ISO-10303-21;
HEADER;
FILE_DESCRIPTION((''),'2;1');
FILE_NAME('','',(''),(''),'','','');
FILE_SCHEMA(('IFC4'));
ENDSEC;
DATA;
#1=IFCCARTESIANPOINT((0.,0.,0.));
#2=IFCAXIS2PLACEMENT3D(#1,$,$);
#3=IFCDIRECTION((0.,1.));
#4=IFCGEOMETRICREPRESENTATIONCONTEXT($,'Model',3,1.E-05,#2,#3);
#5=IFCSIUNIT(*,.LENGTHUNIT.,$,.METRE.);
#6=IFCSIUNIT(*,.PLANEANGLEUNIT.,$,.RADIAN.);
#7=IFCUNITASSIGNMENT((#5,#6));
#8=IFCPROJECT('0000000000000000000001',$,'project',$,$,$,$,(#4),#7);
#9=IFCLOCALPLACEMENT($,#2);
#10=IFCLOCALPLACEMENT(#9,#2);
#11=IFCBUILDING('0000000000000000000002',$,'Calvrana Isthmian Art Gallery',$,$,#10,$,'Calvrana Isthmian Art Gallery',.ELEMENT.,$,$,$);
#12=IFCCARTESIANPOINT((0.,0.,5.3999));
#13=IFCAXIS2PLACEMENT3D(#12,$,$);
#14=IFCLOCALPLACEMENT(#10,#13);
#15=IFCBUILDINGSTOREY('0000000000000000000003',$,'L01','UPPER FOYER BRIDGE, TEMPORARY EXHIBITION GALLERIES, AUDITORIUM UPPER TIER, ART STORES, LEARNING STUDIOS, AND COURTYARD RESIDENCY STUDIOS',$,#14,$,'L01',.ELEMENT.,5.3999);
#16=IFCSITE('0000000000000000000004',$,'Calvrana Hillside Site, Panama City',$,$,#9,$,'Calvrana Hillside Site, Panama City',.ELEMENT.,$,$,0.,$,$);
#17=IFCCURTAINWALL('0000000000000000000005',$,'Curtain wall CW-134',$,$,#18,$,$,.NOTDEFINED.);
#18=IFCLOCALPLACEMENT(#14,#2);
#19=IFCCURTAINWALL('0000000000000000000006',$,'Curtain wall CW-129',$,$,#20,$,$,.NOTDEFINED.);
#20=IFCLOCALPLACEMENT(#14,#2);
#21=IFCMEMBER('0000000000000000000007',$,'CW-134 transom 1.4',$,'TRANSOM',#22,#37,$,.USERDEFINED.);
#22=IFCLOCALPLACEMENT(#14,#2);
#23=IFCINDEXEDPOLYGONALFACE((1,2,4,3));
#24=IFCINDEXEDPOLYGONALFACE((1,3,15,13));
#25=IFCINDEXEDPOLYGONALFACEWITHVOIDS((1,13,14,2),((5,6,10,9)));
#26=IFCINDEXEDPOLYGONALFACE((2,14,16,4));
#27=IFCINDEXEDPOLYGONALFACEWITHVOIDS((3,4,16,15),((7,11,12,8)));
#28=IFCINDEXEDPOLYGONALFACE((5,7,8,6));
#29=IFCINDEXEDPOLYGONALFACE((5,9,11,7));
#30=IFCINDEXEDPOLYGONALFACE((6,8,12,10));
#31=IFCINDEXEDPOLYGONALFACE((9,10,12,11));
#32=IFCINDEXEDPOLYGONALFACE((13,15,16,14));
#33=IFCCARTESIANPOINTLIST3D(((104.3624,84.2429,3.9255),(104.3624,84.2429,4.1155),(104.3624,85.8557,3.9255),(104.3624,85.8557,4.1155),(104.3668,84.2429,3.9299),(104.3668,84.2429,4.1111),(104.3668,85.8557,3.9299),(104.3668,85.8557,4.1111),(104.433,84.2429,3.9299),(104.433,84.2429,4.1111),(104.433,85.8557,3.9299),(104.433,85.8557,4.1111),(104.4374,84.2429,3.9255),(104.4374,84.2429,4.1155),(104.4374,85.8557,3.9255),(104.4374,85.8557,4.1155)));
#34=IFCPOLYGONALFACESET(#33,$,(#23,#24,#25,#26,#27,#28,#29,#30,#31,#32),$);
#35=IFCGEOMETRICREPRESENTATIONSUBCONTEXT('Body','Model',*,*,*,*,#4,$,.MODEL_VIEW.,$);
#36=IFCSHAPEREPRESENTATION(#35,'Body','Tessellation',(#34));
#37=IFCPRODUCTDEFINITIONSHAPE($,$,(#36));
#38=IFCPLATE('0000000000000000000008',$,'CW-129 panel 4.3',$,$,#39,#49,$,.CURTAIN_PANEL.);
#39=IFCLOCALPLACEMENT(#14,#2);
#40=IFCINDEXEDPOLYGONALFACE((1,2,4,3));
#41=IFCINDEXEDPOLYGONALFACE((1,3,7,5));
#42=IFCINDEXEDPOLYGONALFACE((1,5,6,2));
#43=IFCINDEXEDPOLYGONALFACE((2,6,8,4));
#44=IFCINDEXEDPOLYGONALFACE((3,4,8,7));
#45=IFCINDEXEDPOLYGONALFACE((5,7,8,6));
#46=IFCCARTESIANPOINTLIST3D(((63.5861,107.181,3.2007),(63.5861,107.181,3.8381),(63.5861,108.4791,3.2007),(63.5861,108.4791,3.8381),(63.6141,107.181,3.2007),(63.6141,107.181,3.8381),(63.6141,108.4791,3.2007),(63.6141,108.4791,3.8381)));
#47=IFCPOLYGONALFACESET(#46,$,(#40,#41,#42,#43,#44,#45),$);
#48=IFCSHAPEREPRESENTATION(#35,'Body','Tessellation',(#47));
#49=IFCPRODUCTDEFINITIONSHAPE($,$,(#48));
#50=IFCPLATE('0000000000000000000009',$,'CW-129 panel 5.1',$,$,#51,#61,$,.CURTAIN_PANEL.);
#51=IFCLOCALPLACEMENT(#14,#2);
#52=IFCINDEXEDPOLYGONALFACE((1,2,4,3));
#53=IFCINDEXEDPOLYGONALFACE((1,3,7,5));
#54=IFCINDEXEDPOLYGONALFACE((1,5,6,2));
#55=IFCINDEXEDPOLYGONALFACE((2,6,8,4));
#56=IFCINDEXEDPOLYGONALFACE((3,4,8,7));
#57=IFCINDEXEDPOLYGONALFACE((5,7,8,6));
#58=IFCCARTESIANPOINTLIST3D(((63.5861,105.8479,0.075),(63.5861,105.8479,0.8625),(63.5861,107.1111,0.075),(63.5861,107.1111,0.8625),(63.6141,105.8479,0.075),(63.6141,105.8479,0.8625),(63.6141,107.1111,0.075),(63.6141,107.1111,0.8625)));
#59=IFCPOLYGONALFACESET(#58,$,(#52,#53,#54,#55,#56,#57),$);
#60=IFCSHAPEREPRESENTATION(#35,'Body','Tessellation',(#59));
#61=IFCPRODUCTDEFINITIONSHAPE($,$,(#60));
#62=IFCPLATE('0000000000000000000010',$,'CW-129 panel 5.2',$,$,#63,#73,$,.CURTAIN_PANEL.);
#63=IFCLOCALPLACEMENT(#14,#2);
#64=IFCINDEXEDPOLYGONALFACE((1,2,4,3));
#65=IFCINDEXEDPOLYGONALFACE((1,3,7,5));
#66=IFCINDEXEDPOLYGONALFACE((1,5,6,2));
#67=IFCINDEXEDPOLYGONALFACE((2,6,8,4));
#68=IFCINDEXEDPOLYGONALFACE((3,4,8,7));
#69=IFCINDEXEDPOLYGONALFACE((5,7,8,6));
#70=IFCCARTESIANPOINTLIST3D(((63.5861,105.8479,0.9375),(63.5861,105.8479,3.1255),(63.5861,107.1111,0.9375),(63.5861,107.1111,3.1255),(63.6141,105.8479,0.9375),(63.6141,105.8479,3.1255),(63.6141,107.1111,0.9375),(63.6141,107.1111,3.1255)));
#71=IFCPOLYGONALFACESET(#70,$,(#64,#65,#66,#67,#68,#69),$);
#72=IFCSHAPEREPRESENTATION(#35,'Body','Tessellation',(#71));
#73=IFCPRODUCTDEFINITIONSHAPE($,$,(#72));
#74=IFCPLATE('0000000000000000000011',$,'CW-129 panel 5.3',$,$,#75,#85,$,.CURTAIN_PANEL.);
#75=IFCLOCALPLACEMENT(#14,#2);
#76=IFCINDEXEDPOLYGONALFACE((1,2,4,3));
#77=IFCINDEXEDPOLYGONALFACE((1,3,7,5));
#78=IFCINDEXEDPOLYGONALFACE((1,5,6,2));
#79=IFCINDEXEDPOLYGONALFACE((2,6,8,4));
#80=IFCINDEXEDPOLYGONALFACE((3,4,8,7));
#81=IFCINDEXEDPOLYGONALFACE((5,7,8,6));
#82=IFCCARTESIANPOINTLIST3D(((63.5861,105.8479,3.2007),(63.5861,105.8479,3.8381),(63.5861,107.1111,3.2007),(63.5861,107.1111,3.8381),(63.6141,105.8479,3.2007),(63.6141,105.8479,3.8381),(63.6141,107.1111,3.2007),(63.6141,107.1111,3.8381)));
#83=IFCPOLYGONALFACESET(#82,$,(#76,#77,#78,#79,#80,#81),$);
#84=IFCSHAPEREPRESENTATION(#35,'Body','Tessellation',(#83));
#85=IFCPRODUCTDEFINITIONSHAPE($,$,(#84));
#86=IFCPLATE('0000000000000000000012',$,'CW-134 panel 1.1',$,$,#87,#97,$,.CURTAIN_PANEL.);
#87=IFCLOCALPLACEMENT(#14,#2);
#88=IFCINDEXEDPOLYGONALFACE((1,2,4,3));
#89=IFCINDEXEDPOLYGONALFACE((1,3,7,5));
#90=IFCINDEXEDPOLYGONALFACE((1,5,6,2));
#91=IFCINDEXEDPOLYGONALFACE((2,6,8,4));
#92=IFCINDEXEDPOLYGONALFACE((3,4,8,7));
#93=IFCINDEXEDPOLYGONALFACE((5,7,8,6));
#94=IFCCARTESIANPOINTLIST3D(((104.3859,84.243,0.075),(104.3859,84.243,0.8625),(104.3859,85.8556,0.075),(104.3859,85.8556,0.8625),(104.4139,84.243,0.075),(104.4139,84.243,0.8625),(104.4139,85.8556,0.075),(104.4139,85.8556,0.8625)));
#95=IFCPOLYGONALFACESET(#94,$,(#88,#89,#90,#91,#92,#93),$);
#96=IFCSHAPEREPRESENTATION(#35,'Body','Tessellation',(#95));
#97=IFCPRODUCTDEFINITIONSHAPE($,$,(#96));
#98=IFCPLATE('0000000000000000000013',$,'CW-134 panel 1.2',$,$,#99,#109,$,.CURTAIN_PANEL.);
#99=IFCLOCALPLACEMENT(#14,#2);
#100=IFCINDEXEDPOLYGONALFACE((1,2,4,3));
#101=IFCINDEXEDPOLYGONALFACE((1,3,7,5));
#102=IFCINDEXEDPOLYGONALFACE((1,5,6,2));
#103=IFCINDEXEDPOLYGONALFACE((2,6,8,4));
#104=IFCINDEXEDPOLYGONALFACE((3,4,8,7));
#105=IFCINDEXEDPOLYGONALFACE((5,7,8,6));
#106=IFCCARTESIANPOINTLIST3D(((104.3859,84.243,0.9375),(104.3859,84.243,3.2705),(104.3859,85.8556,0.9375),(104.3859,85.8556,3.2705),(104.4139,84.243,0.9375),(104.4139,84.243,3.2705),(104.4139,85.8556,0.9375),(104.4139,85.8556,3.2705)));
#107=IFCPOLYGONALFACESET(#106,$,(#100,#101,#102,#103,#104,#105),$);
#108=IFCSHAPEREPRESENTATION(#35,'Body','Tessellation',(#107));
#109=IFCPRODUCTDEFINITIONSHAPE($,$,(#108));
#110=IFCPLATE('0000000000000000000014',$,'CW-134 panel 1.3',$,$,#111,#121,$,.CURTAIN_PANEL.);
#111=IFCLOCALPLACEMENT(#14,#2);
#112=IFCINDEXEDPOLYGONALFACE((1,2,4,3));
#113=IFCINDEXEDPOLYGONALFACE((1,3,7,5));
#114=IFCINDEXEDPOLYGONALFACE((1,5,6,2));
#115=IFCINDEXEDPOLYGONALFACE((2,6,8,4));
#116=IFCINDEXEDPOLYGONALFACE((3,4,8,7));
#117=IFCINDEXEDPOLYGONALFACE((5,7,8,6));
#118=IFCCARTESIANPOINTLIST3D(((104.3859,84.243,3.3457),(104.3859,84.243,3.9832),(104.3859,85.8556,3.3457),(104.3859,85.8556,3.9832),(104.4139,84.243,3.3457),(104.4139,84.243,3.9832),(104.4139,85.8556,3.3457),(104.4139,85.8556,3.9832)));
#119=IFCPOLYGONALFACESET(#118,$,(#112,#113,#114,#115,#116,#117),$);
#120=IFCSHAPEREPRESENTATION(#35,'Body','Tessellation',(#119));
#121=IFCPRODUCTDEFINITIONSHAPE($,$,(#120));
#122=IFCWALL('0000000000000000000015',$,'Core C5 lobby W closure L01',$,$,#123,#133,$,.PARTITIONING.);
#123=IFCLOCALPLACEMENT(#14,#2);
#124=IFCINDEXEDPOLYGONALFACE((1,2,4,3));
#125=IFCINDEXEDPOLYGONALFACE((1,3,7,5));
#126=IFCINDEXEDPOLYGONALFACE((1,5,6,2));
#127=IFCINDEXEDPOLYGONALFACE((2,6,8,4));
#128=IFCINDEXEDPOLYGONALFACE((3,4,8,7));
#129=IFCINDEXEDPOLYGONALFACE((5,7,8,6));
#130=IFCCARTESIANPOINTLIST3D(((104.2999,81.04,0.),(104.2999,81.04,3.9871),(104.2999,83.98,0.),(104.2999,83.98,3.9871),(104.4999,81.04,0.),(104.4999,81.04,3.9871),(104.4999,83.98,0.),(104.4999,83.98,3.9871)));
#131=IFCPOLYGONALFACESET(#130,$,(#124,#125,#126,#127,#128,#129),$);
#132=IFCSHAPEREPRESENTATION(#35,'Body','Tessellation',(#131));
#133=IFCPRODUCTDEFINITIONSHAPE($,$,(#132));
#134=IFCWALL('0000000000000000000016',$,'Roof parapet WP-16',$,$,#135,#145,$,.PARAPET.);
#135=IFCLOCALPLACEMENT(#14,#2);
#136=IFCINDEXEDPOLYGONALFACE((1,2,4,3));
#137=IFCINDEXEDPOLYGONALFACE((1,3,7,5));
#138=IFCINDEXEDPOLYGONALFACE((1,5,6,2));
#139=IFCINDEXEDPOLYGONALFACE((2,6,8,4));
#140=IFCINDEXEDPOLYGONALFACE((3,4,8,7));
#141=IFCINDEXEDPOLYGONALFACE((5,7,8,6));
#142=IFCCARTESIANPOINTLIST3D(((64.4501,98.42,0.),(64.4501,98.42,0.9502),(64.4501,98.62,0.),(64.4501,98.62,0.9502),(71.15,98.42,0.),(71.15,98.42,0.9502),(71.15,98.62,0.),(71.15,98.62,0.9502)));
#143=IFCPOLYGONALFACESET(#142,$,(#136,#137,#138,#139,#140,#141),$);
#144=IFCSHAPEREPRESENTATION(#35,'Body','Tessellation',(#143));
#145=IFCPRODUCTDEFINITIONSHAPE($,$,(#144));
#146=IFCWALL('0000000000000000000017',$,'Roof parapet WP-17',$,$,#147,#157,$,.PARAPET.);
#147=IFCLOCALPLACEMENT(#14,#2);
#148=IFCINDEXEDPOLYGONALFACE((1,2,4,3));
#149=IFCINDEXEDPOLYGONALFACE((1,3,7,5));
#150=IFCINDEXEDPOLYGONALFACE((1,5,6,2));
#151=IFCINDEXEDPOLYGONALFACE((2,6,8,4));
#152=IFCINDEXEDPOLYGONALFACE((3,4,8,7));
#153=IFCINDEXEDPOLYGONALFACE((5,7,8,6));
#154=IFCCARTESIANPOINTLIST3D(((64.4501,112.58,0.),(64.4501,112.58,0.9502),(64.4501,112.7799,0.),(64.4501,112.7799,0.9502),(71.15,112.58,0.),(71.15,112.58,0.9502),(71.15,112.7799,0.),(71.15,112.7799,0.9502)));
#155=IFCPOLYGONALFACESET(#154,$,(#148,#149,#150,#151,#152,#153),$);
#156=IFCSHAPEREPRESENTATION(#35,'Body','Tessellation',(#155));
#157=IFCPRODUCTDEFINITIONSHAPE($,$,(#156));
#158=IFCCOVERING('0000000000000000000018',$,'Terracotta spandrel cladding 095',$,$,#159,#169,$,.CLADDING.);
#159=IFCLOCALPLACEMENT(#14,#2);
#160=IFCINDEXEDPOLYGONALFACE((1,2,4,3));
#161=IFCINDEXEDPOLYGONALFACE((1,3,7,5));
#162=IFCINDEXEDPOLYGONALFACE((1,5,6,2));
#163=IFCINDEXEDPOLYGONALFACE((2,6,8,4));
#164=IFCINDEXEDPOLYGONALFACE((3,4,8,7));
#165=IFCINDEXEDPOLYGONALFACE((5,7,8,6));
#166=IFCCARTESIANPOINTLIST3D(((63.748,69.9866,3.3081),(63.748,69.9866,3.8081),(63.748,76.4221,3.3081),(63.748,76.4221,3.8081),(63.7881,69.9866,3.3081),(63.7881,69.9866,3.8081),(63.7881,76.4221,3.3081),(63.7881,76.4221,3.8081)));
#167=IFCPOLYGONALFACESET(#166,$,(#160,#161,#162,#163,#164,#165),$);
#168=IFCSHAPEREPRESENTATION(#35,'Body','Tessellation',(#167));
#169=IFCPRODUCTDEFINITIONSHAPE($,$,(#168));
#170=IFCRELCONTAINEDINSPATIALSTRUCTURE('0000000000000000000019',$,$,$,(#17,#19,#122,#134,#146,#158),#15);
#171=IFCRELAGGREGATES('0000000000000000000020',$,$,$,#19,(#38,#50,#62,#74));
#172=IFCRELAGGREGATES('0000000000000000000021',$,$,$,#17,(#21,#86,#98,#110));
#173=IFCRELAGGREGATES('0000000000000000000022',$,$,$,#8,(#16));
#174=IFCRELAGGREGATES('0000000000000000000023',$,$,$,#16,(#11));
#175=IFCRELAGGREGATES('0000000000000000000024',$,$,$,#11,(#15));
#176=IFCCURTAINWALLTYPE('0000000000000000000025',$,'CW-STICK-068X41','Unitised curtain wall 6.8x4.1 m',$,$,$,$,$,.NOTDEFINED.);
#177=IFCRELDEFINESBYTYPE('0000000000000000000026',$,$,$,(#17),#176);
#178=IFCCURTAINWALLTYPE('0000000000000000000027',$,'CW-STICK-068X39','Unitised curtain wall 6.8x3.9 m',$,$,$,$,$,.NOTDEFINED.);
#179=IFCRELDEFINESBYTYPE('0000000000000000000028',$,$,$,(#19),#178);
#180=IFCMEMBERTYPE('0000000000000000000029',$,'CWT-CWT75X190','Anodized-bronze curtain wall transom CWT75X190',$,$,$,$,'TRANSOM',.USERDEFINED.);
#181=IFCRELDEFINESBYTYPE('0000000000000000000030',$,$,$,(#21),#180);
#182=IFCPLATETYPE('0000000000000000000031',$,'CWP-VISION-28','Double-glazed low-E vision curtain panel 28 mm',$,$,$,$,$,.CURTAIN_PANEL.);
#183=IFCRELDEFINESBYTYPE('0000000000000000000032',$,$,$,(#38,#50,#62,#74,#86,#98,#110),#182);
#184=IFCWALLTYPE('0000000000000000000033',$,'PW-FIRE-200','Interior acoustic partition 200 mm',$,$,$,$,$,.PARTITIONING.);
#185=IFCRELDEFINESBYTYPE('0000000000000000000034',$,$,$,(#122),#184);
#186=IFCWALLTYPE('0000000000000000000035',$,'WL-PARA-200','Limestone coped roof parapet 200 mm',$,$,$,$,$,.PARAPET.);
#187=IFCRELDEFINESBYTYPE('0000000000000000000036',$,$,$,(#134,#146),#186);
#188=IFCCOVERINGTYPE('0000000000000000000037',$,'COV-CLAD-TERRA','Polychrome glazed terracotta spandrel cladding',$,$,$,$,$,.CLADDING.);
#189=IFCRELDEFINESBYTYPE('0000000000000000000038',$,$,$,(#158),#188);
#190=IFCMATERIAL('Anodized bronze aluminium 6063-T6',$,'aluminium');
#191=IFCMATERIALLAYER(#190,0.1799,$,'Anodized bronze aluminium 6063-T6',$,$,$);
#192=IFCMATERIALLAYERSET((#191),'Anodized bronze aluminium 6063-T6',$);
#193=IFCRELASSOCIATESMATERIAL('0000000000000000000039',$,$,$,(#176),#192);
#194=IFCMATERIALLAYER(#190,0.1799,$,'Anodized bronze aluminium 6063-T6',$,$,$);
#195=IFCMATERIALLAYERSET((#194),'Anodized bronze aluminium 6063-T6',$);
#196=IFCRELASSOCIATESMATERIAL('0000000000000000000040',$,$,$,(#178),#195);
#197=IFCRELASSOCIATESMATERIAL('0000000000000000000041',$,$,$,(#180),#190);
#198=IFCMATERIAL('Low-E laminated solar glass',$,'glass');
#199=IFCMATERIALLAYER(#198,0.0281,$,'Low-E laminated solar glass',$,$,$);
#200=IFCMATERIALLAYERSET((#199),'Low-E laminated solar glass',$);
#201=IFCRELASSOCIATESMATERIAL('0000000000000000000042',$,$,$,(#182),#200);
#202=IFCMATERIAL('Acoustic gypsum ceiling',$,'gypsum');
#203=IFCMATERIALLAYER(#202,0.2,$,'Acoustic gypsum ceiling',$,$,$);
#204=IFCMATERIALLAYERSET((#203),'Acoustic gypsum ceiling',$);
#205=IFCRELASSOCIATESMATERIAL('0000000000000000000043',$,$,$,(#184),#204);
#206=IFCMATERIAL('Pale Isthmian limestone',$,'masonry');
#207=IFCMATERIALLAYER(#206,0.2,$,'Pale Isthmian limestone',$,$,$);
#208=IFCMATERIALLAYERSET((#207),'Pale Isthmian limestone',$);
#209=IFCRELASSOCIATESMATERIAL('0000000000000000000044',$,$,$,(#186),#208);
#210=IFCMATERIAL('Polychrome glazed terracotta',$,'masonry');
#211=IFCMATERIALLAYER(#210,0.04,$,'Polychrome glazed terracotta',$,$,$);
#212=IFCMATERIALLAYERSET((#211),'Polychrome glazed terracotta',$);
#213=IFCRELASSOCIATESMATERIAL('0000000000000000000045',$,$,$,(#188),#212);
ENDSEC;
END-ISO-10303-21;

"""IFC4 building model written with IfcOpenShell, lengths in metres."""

from ifc_helpers import new_model, si_unit, direction, frame, frame_2d, origin, origin_2d, place, context, subcontext, project, spatial, rectangle, hollow_rectangle, extrude, material, layer, layer_set, material_profile, profile_set, type_object, element, aggregate, save


model = new_model("IFC4")

# Units and contexts
model_context = context("Model", 3, precision=1e-05, world=origin(), true_north=direction((0.0, 1.0)))
body_context = subcontext(model_context, "Body", "Model", "MODEL_VIEW")
ifc_project = project(units=[si_unit("LENGTHUNIT", "METRE"), si_unit("PLANEANGLEUNIT", "RADIAN")], contexts=[model_context])

# Site, building, storey
site_placement = place(None, origin())
site = spatial("IfcSite", under=ifc_project, at=site_placement, Name="Calvrana Hillside Site, Panama City", LongName="Calvrana Hillside Site, Panama City", CompositionType="ELEMENT", RefElevation=0.0)
building_placement = place(site_placement, origin())
building = spatial("IfcBuilding", under=site, at=building_placement, Name="Calvrana Isthmian Art Gallery", LongName="Calvrana Isthmian Art Gallery", CompositionType="ELEMENT")
storey_placement = place(building_placement, frame((0.0, 0.0, 5.3999)))
storey = spatial("IfcBuildingStorey", under=building, at=storey_placement, Name="L01", Description="UPPER FOYER BRIDGE, TEMPORARY EXHIBITION GALLERIES, AUDITORIUM UPPER TIER, ART STORES, LEARNING STUDIOS, AND COURTYARD RESIDENCY STUDIOS", LongName="L01", CompositionType="ELEMENT", Elevation=5.3999)

# Curtain wall
ifc_material_1 = material(Name="Anodized bronze aluminium 6063-T6", Category="aluminium")
ifc_layer_1 = layer(ifc_material_1, 0.1799, Name="Anodized bronze aluminium 6063-T6")
ifc_layer_set_1 = layer_set([ifc_layer_1], Name="Anodized bronze aluminium 6063-T6")
curtain_wall_type_1 = type_object("IfcCurtainWallType", Name="CW-STICK-068X41", Description="Unitised curtain wall 6.8x4.1 m", PredefinedType="NOTDEFINED", material=ifc_layer_set_1)
curtain_wall_1_placement = place(storey_placement, origin())
curtain_wall_1 = element("IfcCurtainWall", 1, at=curtain_wall_1_placement, inside=storey, type_object=curtain_wall_type_1, Name="Curtain wall CW-134", PredefinedType="NOTDEFINED")

# Curtain wall
ifc_layer_2 = layer(ifc_material_1, 0.1799, Name="Anodized bronze aluminium 6063-T6")
ifc_layer_set_2 = layer_set([ifc_layer_2], Name="Anodized bronze aluminium 6063-T6")
curtain_wall_type_2 = type_object("IfcCurtainWallType", Name="CW-STICK-068X39", Description="Unitised curtain wall 6.8x3.9 m", PredefinedType="NOTDEFINED", material=ifc_layer_set_2)
curtain_wall_2_placement = place(storey_placement, origin())
curtain_wall_2 = element("IfcCurtainWall", 2, at=curtain_wall_2_placement, inside=storey, type_object=curtain_wall_type_2, Name="Curtain wall CW-129", PredefinedType="NOTDEFINED")
ifc_material_profile_1 = material_profile(ifc_material_1, hollow_rectangle(XDim=0.075, YDim=0.1899, WallThickness=0.0044, at=origin_2d()), Name="CWT75X190")
ifc_profile_set_1 = profile_set([ifc_material_profile_1], Name="Anodized bronze aluminium 6063-T6")
member_type_1 = type_object("IfcMemberType", Name="CWT-CWT75X190", Description="Anodized-bronze curtain wall transom CWT75X190", ElementType="TRANSOM", PredefinedType="USERDEFINED", material=ifc_profile_set_1)

# Member
member_1_placement = place(storey_placement, frame((104.3999, 84.2429, 4.0205), z_axis=(0.0, 1.0, 0.0), x_axis=(-1.0, 0.0, 0.0)))
member_1 = element("IfcMember", 3, at=member_1_placement, type_object=member_type_1, Name="CW-134 transom 1.4", ObjectType="TRANSOM", PredefinedType="USERDEFINED", context=body_context, shape_type="SweptSolid", body=[
    extrude(hollow_rectangle(XDim=0.075, YDim=0.1899, WallThickness=0.0044, at=origin_2d()), origin(), (0.0, 0.0, 1.0), 1.6128),
])

# Plates
ifc_material_2 = material(Name="Low-E laminated solar glass", Category="glass")
ifc_layer_3 = layer(ifc_material_2, 0.0281, Name="Low-E laminated solar glass")
ifc_layer_set_3 = layer_set([ifc_layer_3], Name="Low-E laminated solar glass")
plate_type = type_object("IfcPlateType", Name="CWP-VISION-28", Description="Double-glazed low-E vision curtain panel 28 mm", PredefinedType="CURTAIN_PANEL", material=ifc_layer_set_3)
plate_1_placement = place(storey_placement, frame((63.6001, 107.8301, 3.2007), z_axis=(0.0, 0.0, 1.0), x_axis=(0.0, -1.0, 0.0)))
plate_1 = element("IfcPlate", 4, at=plate_1_placement, type_object=plate_type, Name="CW-129 panel 4.3", PredefinedType="CURTAIN_PANEL", context=body_context, shape_type="SweptSolid", body=[
    extrude(rectangle(XDim=1.2981, YDim=0.0281, at=origin_2d()), origin(), (0.0, 0.0, 1.0), 0.6375),
])
plate_2_placement = place(storey_placement, frame((63.6001, 106.4795, 0.075), z_axis=(0.0, 0.0, 1.0), x_axis=(0.0, -1.0, 0.0)))
plate_2 = element("IfcPlate", 5, at=plate_2_placement, type_object=plate_type, Name="CW-129 panel 5.1", PredefinedType="CURTAIN_PANEL", context=body_context, shape_type="SweptSolid", body=[
    extrude(rectangle(XDim=1.2632, YDim=0.0281, at=origin_2d()), origin(), (0.0, 0.0, 1.0), 0.7876),
])
plate_3_placement = place(storey_placement, frame((63.6001, 106.4795, 0.9375), z_axis=(0.0, 0.0, 1.0), x_axis=(0.0, -1.0, 0.0)))
plate_3 = element("IfcPlate", 6, at=plate_3_placement, type_object=plate_type, Name="CW-129 panel 5.2", PredefinedType="CURTAIN_PANEL", context=body_context, shape_type="SweptSolid", body=[
    extrude(rectangle(XDim=1.2632, YDim=0.0281, at=origin_2d()), origin(), (0.0, 0.0, 1.0), 2.188),
])
plate_4_placement = place(storey_placement, frame((63.6001, 106.4795, 3.2007), z_axis=(0.0, 0.0, 1.0), x_axis=(0.0, -1.0, 0.0)))
plate_4 = element("IfcPlate", 7, at=plate_4_placement, type_object=plate_type, Name="CW-129 panel 5.3", PredefinedType="CURTAIN_PANEL", context=body_context, shape_type="SweptSolid", body=[
    extrude(rectangle(XDim=1.2632, YDim=0.0281, at=origin_2d()), origin(), (0.0, 0.0, 1.0), 0.6375),
])
aggregate(curtain_wall_2, [plate_1, plate_2, plate_3, plate_4])
plate_5_placement = place(storey_placement, frame((104.3999, 85.0493, 0.075), z_axis=(0.0, 0.0, 1.0), x_axis=(0.0, 1.0, 0.0)))
plate_5 = element("IfcPlate", 8, at=plate_5_placement, type_object=plate_type, Name="CW-134 panel 1.1", PredefinedType="CURTAIN_PANEL", context=body_context, shape_type="SweptSolid", body=[
    extrude(rectangle(XDim=1.6125, YDim=0.0281, at=origin_2d()), origin(), (0.0, 0.0, 1.0), 0.7876),
])
plate_6_placement = place(storey_placement, frame((104.3999, 85.0493, 0.9375), z_axis=(0.0, 0.0, 1.0), x_axis=(0.0, 1.0, 0.0)))
plate_6 = element("IfcPlate", 9, at=plate_6_placement, type_object=plate_type, Name="CW-134 panel 1.2", PredefinedType="CURTAIN_PANEL", context=body_context, shape_type="SweptSolid", body=[
    extrude(rectangle(XDim=1.6125, YDim=0.0281, at=origin_2d()), origin(), (0.0, 0.0, 1.0), 2.333),
])
plate_7_placement = place(storey_placement, frame((104.3999, 85.0493, 3.3457), z_axis=(0.0, 0.0, 1.0), x_axis=(0.0, 1.0, 0.0)))
plate_7 = element("IfcPlate", 10, at=plate_7_placement, type_object=plate_type, Name="CW-134 panel 1.3", PredefinedType="CURTAIN_PANEL", context=body_context, shape_type="SweptSolid", body=[
    extrude(rectangle(XDim=1.6125, YDim=0.0281, at=origin_2d()), origin(), (0.0, 0.0, 1.0), 0.6375),
])
aggregate(curtain_wall_1, [member_1, plate_5, plate_6, plate_7])

# Walls
ifc_material_3 = material(Name="Acoustic gypsum ceiling", Category="gypsum")
ifc_layer_4 = layer(ifc_material_3, 0.2, Name="Acoustic gypsum ceiling")
ifc_layer_set_4 = layer_set([ifc_layer_4], Name="Acoustic gypsum ceiling")
wall_type_1 = type_object("IfcWallType", Name="PW-FIRE-200", Description="Interior acoustic partition 200 mm", PredefinedType="PARTITIONING", material=ifc_layer_set_4)
wall_placement = place(storey_placement, frame((104.3999, 81.04, 0.0), z_axis=(0.0, 0.0, 1.0), x_axis=(0.0, 1.0, 0.0)))
element("IfcWall", 11, at=wall_placement, inside=storey, type_object=wall_type_1, Name="Core C5 lobby W closure L01", PredefinedType="PARTITIONING", context=body_context, shape_type="SweptSolid", body=[
    extrude(rectangle(XDim=2.9399, YDim=0.2, at=frame_2d((1.47, 0.0))), origin(), (0.0, 0.0, 1.0), 3.9871),
])
ifc_material_4 = material(Name="Pale Isthmian limestone", Category="masonry")
ifc_layer_5 = layer(ifc_material_4, 0.2, Name="Pale Isthmian limestone")
ifc_layer_set_5 = layer_set([ifc_layer_5], Name="Pale Isthmian limestone")
wall_type_2 = type_object("IfcWallType", Name="WL-PARA-200", Description="Limestone coped roof parapet 200 mm", PredefinedType="PARAPET", material=ifc_layer_set_5)
for number, where, z_axis, x_axis, name in (
    (12, (64.45, 98.52, 0.0), (0.0, 0.0, 1.0), (1.0, 0.0, 0.0), "Roof parapet WP-16"),
    (13, (64.45, 112.6799, 0.0), (0.0, 0.0, 1.0), (1.0, 0.0, 0.0), "Roof parapet WP-17"),
):
    element("IfcWall", number, at=place(storey_placement, frame(where, z_axis=z_axis, x_axis=x_axis)), inside=storey, type_object=wall_type_2, Name=name, PredefinedType="PARAPET", context=body_context, shape_type="SweptSolid", body=[
        extrude(rectangle(XDim=6.7, YDim=0.2, at=frame_2d((3.3501, 0.0))), origin(), (0.0, 0.0, 1.0), 0.9502),
    ])

# Covering
ifc_material_5 = material(Name="Polychrome glazed terracotta", Category="masonry")
ifc_layer_6 = layer(ifc_material_5, 0.04, Name="Polychrome glazed terracotta")
ifc_layer_set_6 = layer_set([ifc_layer_6], Name="Polychrome glazed terracotta")
covering_type = type_object("IfcCoveringType", Name="COV-CLAD-TERRA", Description="Polychrome glazed terracotta spandrel cladding", PredefinedType="CLADDING", material=ifc_layer_set_6)
covering_placement = place(storey_placement, frame((63.7681, 73.2043, 3.3081), z_axis=(0.0, 0.0, 1.0), x_axis=(0.0, -1.0, 0.0)))
element("IfcCovering", 14, at=covering_placement, inside=storey, type_object=covering_type, Name="Terracotta spandrel cladding 095", PredefinedType="CLADDING", context=body_context, shape_type="SweptSolid", body=[
    extrude(rectangle(XDim=6.4355, YDim=0.04, at=origin_2d()), origin(), (0.0, 0.0, 1.0), 0.5),
])

save(model, "model.ifc")
